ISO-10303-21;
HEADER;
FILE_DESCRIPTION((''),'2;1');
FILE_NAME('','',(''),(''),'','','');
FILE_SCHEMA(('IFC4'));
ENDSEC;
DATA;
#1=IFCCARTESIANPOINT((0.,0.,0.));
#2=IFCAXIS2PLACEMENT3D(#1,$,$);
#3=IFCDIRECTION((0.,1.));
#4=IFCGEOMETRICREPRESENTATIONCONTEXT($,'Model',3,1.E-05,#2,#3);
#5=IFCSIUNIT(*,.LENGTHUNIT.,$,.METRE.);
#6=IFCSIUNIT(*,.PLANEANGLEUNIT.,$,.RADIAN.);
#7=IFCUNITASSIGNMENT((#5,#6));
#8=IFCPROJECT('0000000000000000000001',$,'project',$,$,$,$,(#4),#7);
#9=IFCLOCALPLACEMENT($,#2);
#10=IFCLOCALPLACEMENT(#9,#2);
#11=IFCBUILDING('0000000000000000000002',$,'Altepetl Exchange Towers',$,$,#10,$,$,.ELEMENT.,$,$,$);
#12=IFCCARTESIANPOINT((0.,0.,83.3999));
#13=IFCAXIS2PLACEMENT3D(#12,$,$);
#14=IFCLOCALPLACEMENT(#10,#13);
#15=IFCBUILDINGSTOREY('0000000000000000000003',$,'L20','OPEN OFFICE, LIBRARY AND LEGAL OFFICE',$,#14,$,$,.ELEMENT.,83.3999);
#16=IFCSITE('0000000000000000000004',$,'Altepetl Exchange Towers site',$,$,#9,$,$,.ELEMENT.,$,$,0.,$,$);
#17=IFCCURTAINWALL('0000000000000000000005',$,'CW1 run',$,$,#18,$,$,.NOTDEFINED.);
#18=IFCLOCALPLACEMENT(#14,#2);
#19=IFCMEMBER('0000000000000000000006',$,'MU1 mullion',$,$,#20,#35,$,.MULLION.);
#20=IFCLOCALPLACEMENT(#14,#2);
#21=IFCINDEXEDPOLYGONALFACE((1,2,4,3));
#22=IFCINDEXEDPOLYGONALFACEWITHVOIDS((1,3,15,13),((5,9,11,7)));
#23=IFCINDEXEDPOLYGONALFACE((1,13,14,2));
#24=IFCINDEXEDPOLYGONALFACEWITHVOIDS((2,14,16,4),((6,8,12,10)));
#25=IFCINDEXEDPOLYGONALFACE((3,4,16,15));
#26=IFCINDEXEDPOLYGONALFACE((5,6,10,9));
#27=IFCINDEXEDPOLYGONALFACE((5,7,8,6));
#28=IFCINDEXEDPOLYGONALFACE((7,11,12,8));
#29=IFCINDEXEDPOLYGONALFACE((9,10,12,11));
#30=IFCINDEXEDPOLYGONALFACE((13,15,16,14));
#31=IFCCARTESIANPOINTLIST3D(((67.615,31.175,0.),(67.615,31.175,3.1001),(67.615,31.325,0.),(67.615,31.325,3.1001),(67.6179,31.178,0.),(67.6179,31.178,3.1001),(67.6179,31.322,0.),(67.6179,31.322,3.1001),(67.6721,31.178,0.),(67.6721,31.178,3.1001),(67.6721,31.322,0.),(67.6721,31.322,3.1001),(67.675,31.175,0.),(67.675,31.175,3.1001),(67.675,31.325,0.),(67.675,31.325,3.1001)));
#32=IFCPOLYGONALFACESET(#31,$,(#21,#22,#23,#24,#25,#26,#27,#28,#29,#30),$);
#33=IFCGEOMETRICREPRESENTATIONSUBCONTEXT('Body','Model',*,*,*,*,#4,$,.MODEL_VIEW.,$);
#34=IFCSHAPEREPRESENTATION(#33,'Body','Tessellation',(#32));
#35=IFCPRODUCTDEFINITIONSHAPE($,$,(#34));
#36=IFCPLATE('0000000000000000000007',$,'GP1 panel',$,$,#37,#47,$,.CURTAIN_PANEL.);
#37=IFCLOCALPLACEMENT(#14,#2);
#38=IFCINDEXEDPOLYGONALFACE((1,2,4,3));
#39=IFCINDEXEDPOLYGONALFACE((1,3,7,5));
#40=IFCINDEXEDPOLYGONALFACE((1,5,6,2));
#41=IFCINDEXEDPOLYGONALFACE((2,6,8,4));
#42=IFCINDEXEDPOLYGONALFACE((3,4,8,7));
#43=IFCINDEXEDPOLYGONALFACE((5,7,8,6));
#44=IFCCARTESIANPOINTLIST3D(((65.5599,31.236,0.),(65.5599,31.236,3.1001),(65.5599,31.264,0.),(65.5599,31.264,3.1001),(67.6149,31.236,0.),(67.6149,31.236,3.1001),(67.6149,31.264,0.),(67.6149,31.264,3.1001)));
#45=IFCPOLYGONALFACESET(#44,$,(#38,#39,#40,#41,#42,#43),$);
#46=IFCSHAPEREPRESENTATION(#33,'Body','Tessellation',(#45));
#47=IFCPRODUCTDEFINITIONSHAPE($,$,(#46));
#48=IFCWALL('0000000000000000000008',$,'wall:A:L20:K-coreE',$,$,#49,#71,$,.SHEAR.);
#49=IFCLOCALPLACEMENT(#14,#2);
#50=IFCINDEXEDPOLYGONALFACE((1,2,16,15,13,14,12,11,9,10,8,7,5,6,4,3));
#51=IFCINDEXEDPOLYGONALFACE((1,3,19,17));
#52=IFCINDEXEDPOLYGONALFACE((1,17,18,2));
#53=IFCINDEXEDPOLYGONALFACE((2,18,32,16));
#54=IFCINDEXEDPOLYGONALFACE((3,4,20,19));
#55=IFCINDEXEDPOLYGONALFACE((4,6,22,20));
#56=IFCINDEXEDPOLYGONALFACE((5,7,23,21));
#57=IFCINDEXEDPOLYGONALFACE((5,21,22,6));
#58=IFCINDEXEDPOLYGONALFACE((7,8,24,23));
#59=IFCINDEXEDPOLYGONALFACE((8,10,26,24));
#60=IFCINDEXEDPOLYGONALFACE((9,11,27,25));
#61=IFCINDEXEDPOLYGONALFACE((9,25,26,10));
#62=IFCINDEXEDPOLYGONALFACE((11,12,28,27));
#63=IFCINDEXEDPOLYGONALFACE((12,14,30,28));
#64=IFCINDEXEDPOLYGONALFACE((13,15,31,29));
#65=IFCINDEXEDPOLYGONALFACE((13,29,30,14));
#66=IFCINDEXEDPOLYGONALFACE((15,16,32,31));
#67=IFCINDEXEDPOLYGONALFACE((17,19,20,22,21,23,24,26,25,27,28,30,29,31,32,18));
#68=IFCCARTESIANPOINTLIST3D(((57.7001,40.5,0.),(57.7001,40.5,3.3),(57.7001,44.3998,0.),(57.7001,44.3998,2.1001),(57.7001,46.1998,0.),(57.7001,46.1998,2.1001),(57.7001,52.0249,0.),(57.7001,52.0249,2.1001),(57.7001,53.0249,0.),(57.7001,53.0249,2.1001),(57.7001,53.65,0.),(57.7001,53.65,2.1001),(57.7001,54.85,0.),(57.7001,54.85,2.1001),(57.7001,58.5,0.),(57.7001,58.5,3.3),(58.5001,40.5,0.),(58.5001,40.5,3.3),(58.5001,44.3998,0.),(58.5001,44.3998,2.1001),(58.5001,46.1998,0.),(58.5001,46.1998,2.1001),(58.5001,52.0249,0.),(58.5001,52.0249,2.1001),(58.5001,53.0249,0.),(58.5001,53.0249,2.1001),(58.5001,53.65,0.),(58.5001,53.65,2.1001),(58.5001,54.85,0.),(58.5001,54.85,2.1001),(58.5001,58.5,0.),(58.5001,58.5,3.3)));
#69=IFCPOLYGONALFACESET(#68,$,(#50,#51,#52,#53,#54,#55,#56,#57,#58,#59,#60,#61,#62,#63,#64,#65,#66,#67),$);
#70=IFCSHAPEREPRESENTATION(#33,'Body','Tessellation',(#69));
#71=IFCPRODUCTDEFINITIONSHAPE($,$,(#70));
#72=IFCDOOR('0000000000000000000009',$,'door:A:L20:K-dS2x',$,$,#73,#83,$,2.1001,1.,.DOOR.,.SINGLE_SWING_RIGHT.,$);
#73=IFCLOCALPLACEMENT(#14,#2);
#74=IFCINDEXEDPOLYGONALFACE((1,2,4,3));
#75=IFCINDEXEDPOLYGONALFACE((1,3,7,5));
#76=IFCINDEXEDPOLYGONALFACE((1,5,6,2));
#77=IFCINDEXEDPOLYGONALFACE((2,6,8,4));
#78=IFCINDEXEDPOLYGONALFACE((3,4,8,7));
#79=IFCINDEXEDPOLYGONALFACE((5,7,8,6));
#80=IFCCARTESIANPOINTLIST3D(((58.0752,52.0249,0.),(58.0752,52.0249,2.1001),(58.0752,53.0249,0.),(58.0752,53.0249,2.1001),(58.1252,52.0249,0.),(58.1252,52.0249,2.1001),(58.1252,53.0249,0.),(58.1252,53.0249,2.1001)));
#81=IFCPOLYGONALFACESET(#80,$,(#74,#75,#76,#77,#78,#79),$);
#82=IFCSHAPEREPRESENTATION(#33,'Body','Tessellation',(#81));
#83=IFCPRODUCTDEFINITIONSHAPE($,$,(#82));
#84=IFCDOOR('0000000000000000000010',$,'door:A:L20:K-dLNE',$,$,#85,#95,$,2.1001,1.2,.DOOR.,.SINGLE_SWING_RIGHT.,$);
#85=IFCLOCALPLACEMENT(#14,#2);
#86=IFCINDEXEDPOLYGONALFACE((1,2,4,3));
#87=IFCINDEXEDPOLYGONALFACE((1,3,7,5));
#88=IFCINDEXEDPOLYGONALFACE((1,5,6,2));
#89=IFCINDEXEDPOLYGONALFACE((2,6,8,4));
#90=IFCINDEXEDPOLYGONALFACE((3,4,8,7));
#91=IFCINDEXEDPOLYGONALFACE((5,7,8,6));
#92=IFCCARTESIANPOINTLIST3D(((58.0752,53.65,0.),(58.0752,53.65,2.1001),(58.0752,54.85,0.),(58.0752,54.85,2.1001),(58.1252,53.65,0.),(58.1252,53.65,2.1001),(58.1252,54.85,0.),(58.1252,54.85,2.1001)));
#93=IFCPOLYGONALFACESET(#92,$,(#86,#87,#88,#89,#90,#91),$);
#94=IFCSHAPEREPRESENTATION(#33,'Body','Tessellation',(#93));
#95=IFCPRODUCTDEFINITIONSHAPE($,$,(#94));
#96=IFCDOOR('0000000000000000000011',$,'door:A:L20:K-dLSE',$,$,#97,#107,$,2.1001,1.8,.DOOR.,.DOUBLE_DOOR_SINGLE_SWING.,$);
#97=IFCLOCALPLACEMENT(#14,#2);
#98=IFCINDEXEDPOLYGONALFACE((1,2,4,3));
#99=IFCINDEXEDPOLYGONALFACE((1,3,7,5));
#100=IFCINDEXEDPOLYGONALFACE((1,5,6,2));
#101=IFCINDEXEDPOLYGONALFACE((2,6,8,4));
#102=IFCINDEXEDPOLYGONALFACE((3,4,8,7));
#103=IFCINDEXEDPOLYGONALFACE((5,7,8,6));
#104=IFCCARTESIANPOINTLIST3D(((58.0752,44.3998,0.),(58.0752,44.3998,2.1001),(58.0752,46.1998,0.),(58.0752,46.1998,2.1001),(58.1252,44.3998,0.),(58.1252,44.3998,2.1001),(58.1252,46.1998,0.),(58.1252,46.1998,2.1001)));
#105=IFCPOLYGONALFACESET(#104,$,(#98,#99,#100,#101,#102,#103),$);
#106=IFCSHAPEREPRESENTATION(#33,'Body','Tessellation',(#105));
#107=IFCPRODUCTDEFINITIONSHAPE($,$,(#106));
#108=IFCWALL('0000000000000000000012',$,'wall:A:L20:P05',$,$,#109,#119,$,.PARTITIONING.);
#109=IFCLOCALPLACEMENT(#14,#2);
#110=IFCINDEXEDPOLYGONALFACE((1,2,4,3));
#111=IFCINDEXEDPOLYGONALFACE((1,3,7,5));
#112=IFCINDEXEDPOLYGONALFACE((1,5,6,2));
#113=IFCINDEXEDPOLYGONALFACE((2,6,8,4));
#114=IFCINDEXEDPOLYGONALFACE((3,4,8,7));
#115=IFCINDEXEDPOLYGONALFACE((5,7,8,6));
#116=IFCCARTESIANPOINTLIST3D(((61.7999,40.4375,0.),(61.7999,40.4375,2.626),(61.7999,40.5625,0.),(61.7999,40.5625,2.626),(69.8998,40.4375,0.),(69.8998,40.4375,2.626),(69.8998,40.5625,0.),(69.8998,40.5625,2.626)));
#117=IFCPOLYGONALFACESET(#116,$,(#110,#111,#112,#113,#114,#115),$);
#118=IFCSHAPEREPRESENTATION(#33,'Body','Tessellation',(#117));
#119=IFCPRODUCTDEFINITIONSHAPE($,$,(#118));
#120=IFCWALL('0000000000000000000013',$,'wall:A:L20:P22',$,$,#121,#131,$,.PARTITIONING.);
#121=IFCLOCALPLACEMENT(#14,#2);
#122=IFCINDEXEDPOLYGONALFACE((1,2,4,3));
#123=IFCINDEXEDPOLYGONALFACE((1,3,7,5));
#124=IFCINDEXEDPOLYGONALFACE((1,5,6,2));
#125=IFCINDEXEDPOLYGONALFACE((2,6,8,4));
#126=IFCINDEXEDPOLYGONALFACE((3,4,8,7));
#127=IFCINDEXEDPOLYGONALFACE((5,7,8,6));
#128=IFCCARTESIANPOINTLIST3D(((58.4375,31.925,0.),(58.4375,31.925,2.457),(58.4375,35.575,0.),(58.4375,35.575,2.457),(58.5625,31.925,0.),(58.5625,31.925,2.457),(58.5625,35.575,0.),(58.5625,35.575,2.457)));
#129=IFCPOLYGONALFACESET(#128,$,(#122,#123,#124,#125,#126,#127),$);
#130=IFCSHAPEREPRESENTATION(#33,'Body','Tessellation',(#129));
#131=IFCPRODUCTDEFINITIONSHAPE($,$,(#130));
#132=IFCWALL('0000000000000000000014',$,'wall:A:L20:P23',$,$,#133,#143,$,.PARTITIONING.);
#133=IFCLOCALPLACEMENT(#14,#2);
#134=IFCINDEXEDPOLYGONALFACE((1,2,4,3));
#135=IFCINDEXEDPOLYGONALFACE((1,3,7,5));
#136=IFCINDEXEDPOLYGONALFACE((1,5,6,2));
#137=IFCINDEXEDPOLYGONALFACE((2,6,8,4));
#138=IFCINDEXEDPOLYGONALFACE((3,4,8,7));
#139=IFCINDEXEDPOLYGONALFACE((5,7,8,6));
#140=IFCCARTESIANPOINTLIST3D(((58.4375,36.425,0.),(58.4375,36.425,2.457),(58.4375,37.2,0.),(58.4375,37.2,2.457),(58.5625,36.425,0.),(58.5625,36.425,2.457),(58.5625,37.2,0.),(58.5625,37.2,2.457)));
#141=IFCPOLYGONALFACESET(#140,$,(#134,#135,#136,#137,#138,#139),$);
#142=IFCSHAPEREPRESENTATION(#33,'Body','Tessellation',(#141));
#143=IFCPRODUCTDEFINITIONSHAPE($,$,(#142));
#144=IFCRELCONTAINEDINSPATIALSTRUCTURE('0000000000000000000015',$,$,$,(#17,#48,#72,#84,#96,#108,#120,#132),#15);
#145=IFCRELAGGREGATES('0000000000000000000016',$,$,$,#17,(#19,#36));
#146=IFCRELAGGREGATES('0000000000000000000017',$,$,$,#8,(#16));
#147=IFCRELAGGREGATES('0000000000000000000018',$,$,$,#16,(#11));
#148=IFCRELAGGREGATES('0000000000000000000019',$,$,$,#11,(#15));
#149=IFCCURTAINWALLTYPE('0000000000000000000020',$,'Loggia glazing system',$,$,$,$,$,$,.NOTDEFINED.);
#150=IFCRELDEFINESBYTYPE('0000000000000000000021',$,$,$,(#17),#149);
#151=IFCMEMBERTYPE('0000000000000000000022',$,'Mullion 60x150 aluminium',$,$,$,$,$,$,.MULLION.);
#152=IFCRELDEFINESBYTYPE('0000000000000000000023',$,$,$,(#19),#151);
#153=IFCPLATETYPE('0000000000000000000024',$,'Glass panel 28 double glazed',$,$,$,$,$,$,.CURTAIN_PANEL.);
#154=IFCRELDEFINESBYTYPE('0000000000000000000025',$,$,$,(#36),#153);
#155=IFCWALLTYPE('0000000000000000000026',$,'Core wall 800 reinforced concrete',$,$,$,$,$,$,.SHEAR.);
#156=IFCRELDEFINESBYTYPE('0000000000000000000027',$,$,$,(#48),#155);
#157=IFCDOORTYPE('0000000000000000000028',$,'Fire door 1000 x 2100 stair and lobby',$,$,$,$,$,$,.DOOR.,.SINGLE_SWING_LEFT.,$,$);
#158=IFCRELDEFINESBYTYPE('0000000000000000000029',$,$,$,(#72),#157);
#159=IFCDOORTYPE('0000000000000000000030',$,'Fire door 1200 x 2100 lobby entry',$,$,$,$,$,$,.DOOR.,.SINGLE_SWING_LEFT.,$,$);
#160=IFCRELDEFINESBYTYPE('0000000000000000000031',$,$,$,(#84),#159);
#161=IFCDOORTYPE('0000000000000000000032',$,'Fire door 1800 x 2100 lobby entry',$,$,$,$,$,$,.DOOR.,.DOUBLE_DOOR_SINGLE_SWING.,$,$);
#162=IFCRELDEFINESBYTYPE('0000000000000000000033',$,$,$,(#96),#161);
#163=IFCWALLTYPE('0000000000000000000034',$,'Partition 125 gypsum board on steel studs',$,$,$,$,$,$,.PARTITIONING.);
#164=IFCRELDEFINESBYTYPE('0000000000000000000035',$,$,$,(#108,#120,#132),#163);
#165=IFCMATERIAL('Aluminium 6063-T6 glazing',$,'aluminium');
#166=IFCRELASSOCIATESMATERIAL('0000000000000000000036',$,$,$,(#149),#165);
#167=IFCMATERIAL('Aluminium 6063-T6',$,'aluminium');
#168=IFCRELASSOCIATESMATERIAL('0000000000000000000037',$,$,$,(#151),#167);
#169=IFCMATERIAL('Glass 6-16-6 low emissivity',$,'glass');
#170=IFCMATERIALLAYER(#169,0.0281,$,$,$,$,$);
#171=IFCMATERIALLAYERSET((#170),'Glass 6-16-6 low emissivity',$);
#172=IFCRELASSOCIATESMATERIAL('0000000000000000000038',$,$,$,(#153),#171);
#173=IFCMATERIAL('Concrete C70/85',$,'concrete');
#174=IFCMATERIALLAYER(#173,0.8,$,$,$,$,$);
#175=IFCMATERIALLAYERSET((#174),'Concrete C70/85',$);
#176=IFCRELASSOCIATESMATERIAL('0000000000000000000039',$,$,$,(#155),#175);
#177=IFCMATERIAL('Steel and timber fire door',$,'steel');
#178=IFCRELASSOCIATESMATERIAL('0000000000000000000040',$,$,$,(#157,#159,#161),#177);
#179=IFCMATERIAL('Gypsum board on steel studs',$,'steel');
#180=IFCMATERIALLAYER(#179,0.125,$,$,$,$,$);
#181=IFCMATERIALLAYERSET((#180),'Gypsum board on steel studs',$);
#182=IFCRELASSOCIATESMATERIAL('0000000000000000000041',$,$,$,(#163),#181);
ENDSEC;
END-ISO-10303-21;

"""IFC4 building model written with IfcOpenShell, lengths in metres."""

from ifc_helpers import new_model, si_unit, direction, frame, frame_2d, origin, origin_2d, place, context, subcontext, project, spatial, rectangle, hollow_rectangle, extrude, material, layer, layer_set, material_profile, profile_set, type_object, element, fill, aggregate, save


model = new_model("IFC4")

# Units and contexts
model_context = context("Model", 3, precision=1e-05, world=origin(), true_north=direction((0.0, 1.0)))
body_context = subcontext(model_context, "Body", "Model", "MODEL_VIEW")
ifc_project = project(units=[si_unit("LENGTHUNIT", "METRE"), si_unit("PLANEANGLEUNIT", "RADIAN")], contexts=[model_context])

# Site, building, storey
site_placement = place(None, origin())
site = spatial("IfcSite", under=ifc_project, at=site_placement, Name="Altepetl Exchange Towers site", CompositionType="ELEMENT", RefElevation=0.0)
building_placement = place(site_placement, origin())
building = spatial("IfcBuilding", under=site, at=building_placement, Name="Altepetl Exchange Towers", CompositionType="ELEMENT")
storey_placement = place(building_placement, frame((0.0, 0.0, 83.3999)))
storey = spatial("IfcBuildingStorey", under=building, at=storey_placement, Name="L20", Description="OPEN OFFICE, LIBRARY AND LEGAL OFFICE", CompositionType="ELEMENT", Elevation=83.3999)

# Shared definitions
ifc_material_1 = material(Name="Concrete C70/85", Category="concrete")

# Shared definitions
ifc_material_2 = material(Name="Aluminium 6063-T6 glazing", Category="aluminium")
curtain_wall_type = type_object("IfcCurtainWallType", Name="Loggia glazing system", PredefinedType="NOTDEFINED", material=ifc_material_2)
ifc_material_3 = material(Name="Aluminium 6063-T6", Category="aluminium")
ifc_material_profile_1 = material_profile(ifc_material_3, hollow_rectangle(XDim=0.0601, YDim=0.1499, WallThickness=0.0029, at=origin_2d()), Name="Mullion 60x150 aluminium")
ifc_profile_set_1 = profile_set([ifc_material_profile_1], Name="Aluminium 6063-T6")
member_type = type_object("IfcMemberType", Name="Mullion 60x150 aluminium", PredefinedType="MULLION", material=ifc_profile_set_1)

# Curtain wall, member, plate
curtain_wall_1_placement = place(storey_placement, origin())
curtain_wall_1 = element("IfcCurtainWall", 1, at=curtain_wall_1_placement, inside=storey, type_object=curtain_wall_type, Name="CW1 run", PredefinedType="NOTDEFINED")
member_1_placement = place(storey_placement, frame((67.645, 31.25, 0.0)))
member_1 = element("IfcMember", 2, at=member_1_placement, type_object=member_type, Name="MU1 mullion", PredefinedType="MULLION", context=body_context, shape_type="SweptSolid", body=[
    extrude(hollow_rectangle(XDim=0.0601, YDim=0.1499, WallThickness=0.0029, at=origin_2d()), origin(), (0.0, 0.0, 1.0), 3.1001),
])
ifc_material_4 = material(Name="Glass 6-16-6 low emissivity", Category="glass")
ifc_layer_1 = layer(ifc_material_4, 0.0281)
ifc_layer_set_1 = layer_set([ifc_layer_1], Name="Glass 6-16-6 low emissivity")
plate_type = type_object("IfcPlateType", Name="Glass panel 28 double glazed", PredefinedType="CURTAIN_PANEL", material=ifc_layer_set_1)
plate_placement = place(storey_placement, frame((66.5874, 31.25, 0.0)))
plate = element("IfcPlate", 3, at=plate_placement, type_object=plate_type, Name="GP1 panel", PredefinedType="CURTAIN_PANEL", context=body_context, shape_type="SweptSolid", body=[
    extrude(rectangle(XDim=2.0549, YDim=0.0281, at=origin_2d()), origin(), (0.0, 0.0, 1.0), 3.1001),
])
aggregate(curtain_wall_1, [member_1, plate])

# Wall, openings, doors
ifc_layer_2 = layer(ifc_material_1, 0.8)
ifc_layer_set_2 = layer_set([ifc_layer_2], Name="Concrete C70/85")
wall_type_1 = type_object("IfcWallType", Name="Core wall 800 reinforced concrete", PredefinedType="SHEAR", material=ifc_layer_set_2)
wall_1_placement = place(storey_placement, frame((58.1001, 40.5, 0.0), z_axis=(0.0, 0.0, 1.0), x_axis=(0.0, 1.0, 0.0)))
wall_1 = element("IfcWall", 4, at=wall_1_placement, inside=storey, type_object=wall_type_1, Name="wall:A:L20:K-coreE", PredefinedType="SHEAR", context=body_context, shape_type="SweptSolid", body=[
    extrude(rectangle(XDim=18.0, YDim=0.8, at=frame_2d((9.0, 0.0))), origin(), (0.0, 0.0, 1.0), 3.3),
])
opening_1_placement = place(wall_1_placement, frame((13.1499, 0.0, 0.0)))
opening_1 = element("IfcOpeningElement", 5, at=opening_1_placement, cuts=wall_1, PredefinedType="OPENING", context=body_context, shape_type="SweptSolid", body=[
    extrude(rectangle(XDim=1.2, YDim=2.1001, at=frame_2d((0.6001, 1.05))), frame((0.0, 0.4102, 0.0), z_axis=(0.0, -1.0, 0.0), x_axis=(1.0, 0.0, 0.0)), (0.0, 0.0, 1.0), 0.8201),
])
opening_2_placement = place(wall_1_placement, frame((3.8999, 0.0, 0.0)))
opening_2 = element("IfcOpeningElement", 6, at=opening_2_placement, cuts=wall_1, PredefinedType="OPENING", context=body_context, shape_type="SweptSolid", body=[
    extrude(rectangle(XDim=1.8, YDim=2.1001, at=frame_2d((0.8999, 1.05))), frame((0.0, 0.4102, 0.0), z_axis=(0.0, -1.0, 0.0), x_axis=(1.0, 0.0, 0.0)), (0.0, 0.0, 1.0), 0.8201),
])
opening_3_placement = place(wall_1_placement, frame((11.5249, 0.0, 0.0)))
opening_3 = element("IfcOpeningElement", 7, at=opening_3_placement, cuts=wall_1, PredefinedType="OPENING", context=body_context, shape_type="SweptSolid", body=[
    extrude(rectangle(XDim=1.0, YDim=2.1001, at=frame_2d((0.5, 1.05))), frame((0.0, 0.4102, 0.0), z_axis=(0.0, -1.0, 0.0), x_axis=(1.0, 0.0, 0.0)), (0.0, 0.0, 1.0), 0.8201),
])
ifc_material_5 = material(Name="Steel and timber fire door", Category="steel")
door_type_1 = type_object("IfcDoorType", Name="Fire door 1000 x 2100 stair and lobby", OperationType="SINGLE_SWING_LEFT", PredefinedType="DOOR", material=ifc_material_5)
door_1_placement = place(opening_3_placement, origin())
door_1 = element("IfcDoor", 8, at=door_1_placement, inside=storey, type_object=door_type_1, Name="door:A:L20:K-dS2x", OperationType="SINGLE_SWING_RIGHT", OverallHeight=2.1001, OverallWidth=1.0, PredefinedType="DOOR", context=body_context, shape_type="SweptSolid", body=[
    extrude(rectangle(XDim=1.0, YDim=2.1001, at=frame_2d((0.5, 1.05))), frame((0.0, 0.0249, 0.0), z_axis=(0.0, -1.0, 0.0), x_axis=(1.0, 0.0, 0.0)), (0.0, 0.0, 1.0), 0.05),
])
fill(opening_3, door_1)
door_type_2 = type_object("IfcDoorType", Name="Fire door 1200 x 2100 lobby entry", OperationType="SINGLE_SWING_LEFT", PredefinedType="DOOR", material=ifc_material_5)
door_2_placement = place(opening_1_placement, origin())
door_2 = element("IfcDoor", 9, at=door_2_placement, inside=storey, type_object=door_type_2, Name="door:A:L20:K-dLNE", OperationType="SINGLE_SWING_RIGHT", OverallHeight=2.1001, OverallWidth=1.2, PredefinedType="DOOR", context=body_context, shape_type="SweptSolid", body=[
    extrude(rectangle(XDim=1.2, YDim=2.1001, at=frame_2d((0.6001, 1.05))), frame((0.0, 0.0249, 0.0), z_axis=(0.0, -1.0, 0.0), x_axis=(1.0, 0.0, 0.0)), (0.0, 0.0, 1.0), 0.05),
])
fill(opening_1, door_2)
door_type_3 = type_object("IfcDoorType", Name="Fire door 1800 x 2100 lobby entry", OperationType="DOUBLE_DOOR_SINGLE_SWING", PredefinedType="DOOR", material=ifc_material_5)
door_3_placement = place(opening_2_placement, origin())
door_3 = element("IfcDoor", 10, at=door_3_placement, inside=storey, type_object=door_type_3, Name="door:A:L20:K-dLSE", OperationType="DOUBLE_DOOR_SINGLE_SWING", OverallHeight=2.1001, OverallWidth=1.8, PredefinedType="DOOR", context=body_context, shape_type="SweptSolid", body=[
    extrude(rectangle(XDim=1.8, YDim=2.1001, at=frame_2d((0.8999, 1.05))), frame((0.0, 0.0249, 0.0), z_axis=(0.0, -1.0, 0.0), x_axis=(1.0, 0.0, 0.0)), (0.0, 0.0, 1.0), 0.05),
])
fill(opening_2, door_3)

# Walls
ifc_material_6 = material(Name="Gypsum board on steel studs", Category="steel")
ifc_layer_3 = layer(ifc_material_6, 0.125)
ifc_layer_set_3 = layer_set([ifc_layer_3], Name="Gypsum board on steel studs")
wall_type_2 = type_object("IfcWallType", Name="Partition 125 gypsum board on steel studs", PredefinedType="PARTITIONING", material=ifc_layer_set_3)
wall_2_placement = place(storey_placement, frame((61.8, 40.5, 0.0)))
element("IfcWall", 11, at=wall_2_placement, inside=storey, type_object=wall_type_2, Name="wall:A:L20:P05", PredefinedType="PARTITIONING", context=body_context, shape_type="SweptSolid", body=[
    extrude(rectangle(XDim=8.0999, YDim=0.125, at=frame_2d((4.0498, 0.0))), origin(), (0.0, 0.0, 1.0), 2.626),
])
wall_3_placement = place(storey_placement, frame((58.5, 31.925, 0.0), z_axis=(0.0, 0.0, 1.0), x_axis=(0.0, 1.0, 0.0)))
element("IfcWall", 12, at=wall_3_placement, inside=storey, type_object=wall_type_2, Name="wall:A:L20:P22", PredefinedType="PARTITIONING", context=body_context, shape_type="SweptSolid", body=[
    extrude(rectangle(XDim=3.6499, YDim=0.125, at=frame_2d((1.825, 0.0))), origin(), (0.0, 0.0, 1.0), 2.457),
])
wall_4_placement = place(storey_placement, frame((58.5, 36.425, 0.0), z_axis=(0.0, 0.0, 1.0), x_axis=(0.0, 1.0, 0.0)))
element("IfcWall", 13, at=wall_4_placement, inside=storey, type_object=wall_type_2, Name="wall:A:L20:P23", PredefinedType="PARTITIONING", context=body_context, shape_type="SweptSolid", body=[
    extrude(rectangle(XDim=0.7749, YDim=0.125, at=frame_2d((0.3875, 0.0))), origin(), (0.0, 0.0, 1.0), 2.457),
])

save(model, "model.ifc")
